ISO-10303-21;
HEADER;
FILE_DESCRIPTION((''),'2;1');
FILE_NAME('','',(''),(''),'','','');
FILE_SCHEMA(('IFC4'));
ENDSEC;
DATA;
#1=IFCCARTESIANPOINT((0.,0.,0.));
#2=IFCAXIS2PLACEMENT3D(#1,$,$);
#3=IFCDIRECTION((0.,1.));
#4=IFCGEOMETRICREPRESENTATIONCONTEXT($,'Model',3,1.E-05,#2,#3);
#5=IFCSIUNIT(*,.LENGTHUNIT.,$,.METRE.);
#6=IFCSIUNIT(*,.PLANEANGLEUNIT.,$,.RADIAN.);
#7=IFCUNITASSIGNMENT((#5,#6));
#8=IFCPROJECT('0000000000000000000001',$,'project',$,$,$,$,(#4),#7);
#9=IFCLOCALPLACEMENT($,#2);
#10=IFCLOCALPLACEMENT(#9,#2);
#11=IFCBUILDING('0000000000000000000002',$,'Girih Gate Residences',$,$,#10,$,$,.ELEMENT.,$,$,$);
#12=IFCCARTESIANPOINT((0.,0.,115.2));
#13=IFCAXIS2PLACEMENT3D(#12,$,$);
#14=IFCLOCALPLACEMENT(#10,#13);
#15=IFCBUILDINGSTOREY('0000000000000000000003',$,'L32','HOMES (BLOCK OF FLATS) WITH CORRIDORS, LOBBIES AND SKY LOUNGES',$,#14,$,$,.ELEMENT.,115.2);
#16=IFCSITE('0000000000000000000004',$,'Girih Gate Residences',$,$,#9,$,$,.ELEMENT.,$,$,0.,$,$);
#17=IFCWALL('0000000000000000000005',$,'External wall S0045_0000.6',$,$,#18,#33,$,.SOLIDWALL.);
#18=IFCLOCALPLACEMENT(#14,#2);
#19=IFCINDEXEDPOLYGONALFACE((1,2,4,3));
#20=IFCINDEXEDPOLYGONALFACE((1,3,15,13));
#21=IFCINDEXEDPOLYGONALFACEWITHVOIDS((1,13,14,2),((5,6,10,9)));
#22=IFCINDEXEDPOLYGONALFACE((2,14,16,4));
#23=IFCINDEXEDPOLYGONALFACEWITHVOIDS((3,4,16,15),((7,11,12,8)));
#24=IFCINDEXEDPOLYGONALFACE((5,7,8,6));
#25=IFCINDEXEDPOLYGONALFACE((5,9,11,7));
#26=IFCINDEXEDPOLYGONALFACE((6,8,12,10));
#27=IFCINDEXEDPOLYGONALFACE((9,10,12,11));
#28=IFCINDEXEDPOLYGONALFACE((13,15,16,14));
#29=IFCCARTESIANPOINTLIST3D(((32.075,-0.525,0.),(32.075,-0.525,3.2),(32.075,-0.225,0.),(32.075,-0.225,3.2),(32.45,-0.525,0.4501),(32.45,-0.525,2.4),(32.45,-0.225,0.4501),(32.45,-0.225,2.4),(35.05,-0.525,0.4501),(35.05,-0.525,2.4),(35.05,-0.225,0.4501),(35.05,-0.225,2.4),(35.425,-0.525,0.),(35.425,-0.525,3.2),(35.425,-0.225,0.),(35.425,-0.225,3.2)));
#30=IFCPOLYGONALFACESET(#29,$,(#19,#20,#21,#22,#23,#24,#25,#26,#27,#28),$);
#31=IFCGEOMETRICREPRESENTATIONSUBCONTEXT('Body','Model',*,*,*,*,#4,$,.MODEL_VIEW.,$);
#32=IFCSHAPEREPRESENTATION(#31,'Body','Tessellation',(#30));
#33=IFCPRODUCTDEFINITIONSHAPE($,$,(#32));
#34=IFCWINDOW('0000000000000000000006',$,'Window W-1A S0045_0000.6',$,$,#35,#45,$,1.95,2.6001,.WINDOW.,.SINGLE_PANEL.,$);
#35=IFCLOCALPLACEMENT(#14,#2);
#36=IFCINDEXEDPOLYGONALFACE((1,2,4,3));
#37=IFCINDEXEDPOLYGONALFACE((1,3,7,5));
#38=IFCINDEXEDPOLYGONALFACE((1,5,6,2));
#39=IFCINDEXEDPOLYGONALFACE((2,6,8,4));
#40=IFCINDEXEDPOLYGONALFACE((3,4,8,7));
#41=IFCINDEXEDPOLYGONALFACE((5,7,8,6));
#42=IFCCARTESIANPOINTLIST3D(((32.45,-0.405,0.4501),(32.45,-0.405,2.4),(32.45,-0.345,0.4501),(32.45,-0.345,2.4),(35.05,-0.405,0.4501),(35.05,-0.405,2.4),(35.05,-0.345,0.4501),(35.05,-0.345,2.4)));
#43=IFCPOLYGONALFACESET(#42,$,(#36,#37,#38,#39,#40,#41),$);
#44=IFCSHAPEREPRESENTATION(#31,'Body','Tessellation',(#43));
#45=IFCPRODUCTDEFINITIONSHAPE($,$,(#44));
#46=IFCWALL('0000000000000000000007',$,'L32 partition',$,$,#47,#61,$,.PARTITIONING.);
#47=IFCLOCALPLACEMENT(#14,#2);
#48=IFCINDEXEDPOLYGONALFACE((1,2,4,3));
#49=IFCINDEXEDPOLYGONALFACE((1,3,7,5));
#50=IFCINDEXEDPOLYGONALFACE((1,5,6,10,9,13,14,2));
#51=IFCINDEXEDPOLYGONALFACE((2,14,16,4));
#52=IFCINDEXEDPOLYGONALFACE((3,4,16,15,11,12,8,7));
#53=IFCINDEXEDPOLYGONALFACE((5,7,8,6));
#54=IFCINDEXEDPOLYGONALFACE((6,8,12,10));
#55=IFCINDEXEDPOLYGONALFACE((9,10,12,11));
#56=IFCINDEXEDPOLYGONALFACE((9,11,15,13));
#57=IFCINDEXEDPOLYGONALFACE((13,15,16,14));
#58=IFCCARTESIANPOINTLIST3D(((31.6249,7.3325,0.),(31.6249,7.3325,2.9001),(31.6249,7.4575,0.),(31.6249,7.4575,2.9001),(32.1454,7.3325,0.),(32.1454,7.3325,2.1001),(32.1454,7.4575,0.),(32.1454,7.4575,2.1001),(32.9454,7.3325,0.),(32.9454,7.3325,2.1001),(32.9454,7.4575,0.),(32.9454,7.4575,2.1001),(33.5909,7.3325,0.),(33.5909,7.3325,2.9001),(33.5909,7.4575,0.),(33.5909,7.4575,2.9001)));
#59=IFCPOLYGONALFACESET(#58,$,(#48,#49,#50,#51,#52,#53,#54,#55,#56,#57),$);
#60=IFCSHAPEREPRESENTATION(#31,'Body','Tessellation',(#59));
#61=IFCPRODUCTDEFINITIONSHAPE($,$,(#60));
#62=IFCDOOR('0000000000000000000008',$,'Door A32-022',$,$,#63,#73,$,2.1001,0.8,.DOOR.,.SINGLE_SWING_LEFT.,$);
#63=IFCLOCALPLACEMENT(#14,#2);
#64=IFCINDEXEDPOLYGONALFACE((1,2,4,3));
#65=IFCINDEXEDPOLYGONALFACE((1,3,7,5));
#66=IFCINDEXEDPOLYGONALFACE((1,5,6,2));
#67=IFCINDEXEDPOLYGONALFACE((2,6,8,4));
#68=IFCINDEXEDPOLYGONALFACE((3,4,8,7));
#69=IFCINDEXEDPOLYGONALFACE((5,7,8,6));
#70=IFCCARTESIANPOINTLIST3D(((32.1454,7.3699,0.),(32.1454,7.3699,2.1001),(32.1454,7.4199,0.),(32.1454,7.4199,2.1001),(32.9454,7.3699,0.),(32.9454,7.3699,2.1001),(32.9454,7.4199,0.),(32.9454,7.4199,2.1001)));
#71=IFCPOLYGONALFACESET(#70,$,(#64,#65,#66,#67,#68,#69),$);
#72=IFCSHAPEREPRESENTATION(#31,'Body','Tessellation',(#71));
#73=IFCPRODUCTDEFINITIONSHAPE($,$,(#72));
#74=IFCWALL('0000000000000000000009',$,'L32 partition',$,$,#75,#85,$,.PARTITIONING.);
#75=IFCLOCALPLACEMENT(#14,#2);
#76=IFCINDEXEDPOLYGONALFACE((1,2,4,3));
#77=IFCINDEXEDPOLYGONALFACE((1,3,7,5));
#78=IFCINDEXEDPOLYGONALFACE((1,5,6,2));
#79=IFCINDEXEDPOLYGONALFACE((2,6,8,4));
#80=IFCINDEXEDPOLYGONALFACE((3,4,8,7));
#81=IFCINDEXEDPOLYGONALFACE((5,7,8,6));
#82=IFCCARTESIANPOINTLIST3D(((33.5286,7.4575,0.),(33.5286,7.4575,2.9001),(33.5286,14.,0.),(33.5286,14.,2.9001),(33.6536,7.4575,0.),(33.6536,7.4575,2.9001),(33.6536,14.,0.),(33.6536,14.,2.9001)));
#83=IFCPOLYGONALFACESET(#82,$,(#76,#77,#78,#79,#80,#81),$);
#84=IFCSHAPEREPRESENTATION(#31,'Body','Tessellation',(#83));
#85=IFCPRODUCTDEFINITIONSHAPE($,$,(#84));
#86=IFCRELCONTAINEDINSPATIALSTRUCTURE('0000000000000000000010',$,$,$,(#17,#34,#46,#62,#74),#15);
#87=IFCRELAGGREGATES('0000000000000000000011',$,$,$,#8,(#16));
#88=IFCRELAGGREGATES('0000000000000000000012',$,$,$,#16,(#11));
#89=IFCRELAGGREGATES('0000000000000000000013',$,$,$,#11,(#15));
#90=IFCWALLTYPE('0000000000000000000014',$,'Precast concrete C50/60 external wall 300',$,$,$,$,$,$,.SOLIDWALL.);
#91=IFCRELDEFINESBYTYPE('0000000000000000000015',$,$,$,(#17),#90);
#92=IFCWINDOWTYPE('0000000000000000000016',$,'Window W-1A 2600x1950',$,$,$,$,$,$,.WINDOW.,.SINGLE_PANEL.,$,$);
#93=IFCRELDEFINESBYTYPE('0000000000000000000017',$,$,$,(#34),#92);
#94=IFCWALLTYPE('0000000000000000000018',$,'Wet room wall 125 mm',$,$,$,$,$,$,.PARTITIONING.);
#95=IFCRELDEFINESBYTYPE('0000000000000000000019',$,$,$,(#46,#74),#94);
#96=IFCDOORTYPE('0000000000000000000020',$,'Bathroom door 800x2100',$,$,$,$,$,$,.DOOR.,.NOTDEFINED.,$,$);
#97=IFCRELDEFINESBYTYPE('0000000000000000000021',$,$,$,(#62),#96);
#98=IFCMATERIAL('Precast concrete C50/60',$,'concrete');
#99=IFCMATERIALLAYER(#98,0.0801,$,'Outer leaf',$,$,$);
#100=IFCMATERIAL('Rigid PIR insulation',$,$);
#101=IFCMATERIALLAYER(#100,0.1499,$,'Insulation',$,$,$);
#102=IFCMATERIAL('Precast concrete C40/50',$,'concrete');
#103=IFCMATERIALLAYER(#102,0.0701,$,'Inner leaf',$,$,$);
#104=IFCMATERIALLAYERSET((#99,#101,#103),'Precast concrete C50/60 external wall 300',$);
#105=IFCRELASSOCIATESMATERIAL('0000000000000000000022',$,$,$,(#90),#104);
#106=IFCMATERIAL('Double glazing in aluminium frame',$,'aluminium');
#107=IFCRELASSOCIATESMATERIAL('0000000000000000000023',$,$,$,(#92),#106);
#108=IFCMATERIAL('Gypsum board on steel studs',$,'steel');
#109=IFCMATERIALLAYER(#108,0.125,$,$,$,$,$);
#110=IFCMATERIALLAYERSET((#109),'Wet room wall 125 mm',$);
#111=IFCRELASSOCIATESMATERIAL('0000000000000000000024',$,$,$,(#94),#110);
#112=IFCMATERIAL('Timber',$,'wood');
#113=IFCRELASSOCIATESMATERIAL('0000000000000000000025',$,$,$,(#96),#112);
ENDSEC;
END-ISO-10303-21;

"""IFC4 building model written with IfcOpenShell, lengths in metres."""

from ifc_helpers import new_model, si_unit, direction, frame, frame_2d, origin, place, context, subcontext, project, spatial, rectangle, extrude, material, layer, layer_set, type_object, element, fill, save


model = new_model("IFC4")

# Units and contexts
model_context = context("Model", 3, precision=1e-05, world=origin(), true_north=direction((0.0, 1.0)))
body_context = subcontext(model_context, "Body", "Model", "MODEL_VIEW")
ifc_project = project(units=[si_unit("LENGTHUNIT", "METRE"), si_unit("PLANEANGLEUNIT", "RADIAN")], contexts=[model_context])

# Site, building, storey
site_placement = place(None, origin())
site = spatial("IfcSite", under=ifc_project, at=site_placement, Name="Girih Gate Residences", CompositionType="ELEMENT", RefElevation=0.0)
building_placement = place(site_placement, origin())
building = spatial("IfcBuilding", under=site, at=building_placement, Name="Girih Gate Residences", CompositionType="ELEMENT")
storey_placement = place(building_placement, frame((0.0, 0.0, 115.2)))
storey = spatial("IfcBuildingStorey", under=building, at=storey_placement, Name="L32", Description="HOMES (BLOCK OF FLATS) WITH CORRIDORS, LOBBIES AND SKY LOUNGES", CompositionType="ELEMENT", Elevation=115.2)

# Shared definitions
ifc_material_1 = material(Name="Gypsum board on steel studs", Category="steel")

# Shared definitions
ifc_material_2 = material(Name="Timber", Category="wood")

# Wall, opening, window
ifc_material_3 = material(Name="Precast concrete C50/60", Category="concrete")
ifc_layer_1 = layer(ifc_material_3, 0.0801, Name="Outer leaf")
ifc_material_4 = material(Name="Rigid PIR insulation")
ifc_layer_2 = layer(ifc_material_4, 0.1499, Name="Insulation")
ifc_material_5 = material(Name="Precast concrete C40/50", Category="concrete")
ifc_layer_3 = layer(ifc_material_5, 0.0701, Name="Inner leaf")
ifc_layer_set_1 = layer_set([ifc_layer_1, ifc_layer_2, ifc_layer_3], Name="Precast concrete C50/60 external wall 300")
wall_type_1 = type_object("IfcWallType", Name="Precast concrete C50/60 external wall 300", PredefinedType="SOLIDWALL", material=ifc_layer_set_1)
ifc_material_6 = material(Name="Double glazing in aluminium frame", Category="aluminium")
window_type = type_object("IfcWindowType", Name="Window W-1A 2600x1950", PartitioningType="SINGLE_PANEL", PredefinedType="WINDOW", material=ifc_material_6)
wall_1_placement = place(storey_placement, frame((35.425, -0.375, 0.0), z_axis=(0.0, 0.0, 1.0), x_axis=(-1.0, 0.0, 0.0)))
wall_1 = element("IfcWall", 1, at=wall_1_placement, inside=storey, type_object=wall_type_1, Name="External wall S0045_0000.6", PredefinedType="SOLIDWALL", context=body_context, shape_type="SweptSolid", body=[
    extrude(rectangle(XDim=3.3501, YDim=0.3, at=frame_2d((1.675, 0.0))), origin(), (0.0, 0.0, 1.0), 3.2),
])
opening_1_placement = place(wall_1_placement, frame((0.375, 0.0, 0.45)))
opening_1 = element("IfcOpeningElement", 2, at=opening_1_placement, cuts=wall_1, PredefinedType="OPENING", context=body_context, shape_type="SweptSolid", body=[
    extrude(rectangle(XDim=2.6001, YDim=1.95, at=frame_2d((1.3, 0.9751))), frame((0.0, 0.1599, 0.0), z_axis=(0.0, -1.0, 0.0), x_axis=(1.0, 0.0, 0.0)), (0.0, 0.0, 1.0), 0.3201),
])
window_1_placement = place(opening_1_placement, origin())
window_1 = element("IfcWindow", 3, at=window_1_placement, inside=storey, type_object=window_type, Name="Window W-1A S0045_0000.6", OverallHeight=1.95, OverallWidth=2.6001, PartitioningType="SINGLE_PANEL", PredefinedType="WINDOW", context=body_context, shape_type="SweptSolid", body=[
    extrude(rectangle(XDim=2.6001, YDim=1.95, at=frame_2d((1.3, 0.9751))), frame((0.0, 0.03, 0.0), z_axis=(0.0, -1.0, 0.0), x_axis=(1.0, 0.0, 0.0)), (0.0, 0.0, 1.0), 0.0601),
])
fill(opening_1, window_1)

# Wall, opening, door
ifc_layer_4 = layer(ifc_material_1, 0.125)
ifc_layer_set_2 = layer_set([ifc_layer_4], Name="Wet room wall 125 mm")
wall_type_2 = type_object("IfcWallType", Name="Wet room wall 125 mm", PredefinedType="PARTITIONING", material=ifc_layer_set_2)
wall_2_placement = place(storey_placement, frame((31.625, 7.395, 0.0), z_axis=(0.0, 0.0, 1.0), x_axis=(1.0, 0.0, 0.0)))
wall_2 = element("IfcWall", 4, at=wall_2_placement, inside=storey, type_object=wall_type_2, Name="L32 partition", PredefinedType="PARTITIONING", context=body_context, shape_type="SweptSolid", body=[
    extrude(rectangle(XDim=1.9661, YDim=0.125, at=frame_2d((0.9829, 0.0))), origin(), (0.0, 0.0, 1.0), 2.9001),
])
opening_2_placement = place(wall_2_placement, frame((0.5205, 0.0, 0.0)))
opening_2 = element("IfcOpeningElement", 5, at=opening_2_placement, cuts=wall_2, PredefinedType="OPENING", context=body_context, shape_type="SweptSolid", body=[
    extrude(rectangle(XDim=0.8, YDim=2.1001, at=frame_2d((0.3999, 1.05))), frame((0.0, 0.0725, 0.0), z_axis=(0.0, -1.0, 0.0), x_axis=(1.0, 0.0, 0.0)), (0.0, 0.0, 1.0), 0.145),
])
door_type_1 = type_object("IfcDoorType", Name="Bathroom door 800x2100", OperationType="NOTDEFINED", PredefinedType="DOOR", material=ifc_material_2)
door_1_placement = place(opening_2_placement, origin())
door_1 = element("IfcDoor", 6, at=door_1_placement, inside=storey, type_object=door_type_1, Name="Door A32-022", OperationType="SINGLE_SWING_LEFT", OverallHeight=2.1001, OverallWidth=0.8, PredefinedType="DOOR", context=body_context, shape_type="SweptSolid", body=[
    extrude(rectangle(XDim=0.8, YDim=2.1001, at=frame_2d((0.3999, 1.05))), frame((0.0, 0.0249, 0.0), z_axis=(0.0, -1.0, 0.0), x_axis=(1.0, 0.0, 0.0)), (0.0, 0.0, 1.0), 0.05),
])
fill(opening_2, door_1)

# Wall
wall_3_placement = place(storey_placement, frame((33.5911, 7.4575, 0.0), z_axis=(0.0, 0.0, 1.0), x_axis=(0.0, 1.0, 0.0)))
element("IfcWall", 7, at=wall_3_placement, inside=storey, type_object=wall_type_2, Name="L32 partition", PredefinedType="PARTITIONING", context=body_context, shape_type="SweptSolid", body=[
    extrude(rectangle(XDim=6.5425, YDim=0.125, at=frame_2d((3.2712, 0.0))), origin(), (0.0, 0.0, 1.0), 2.9001),
])

save(model, "model.ifc")
